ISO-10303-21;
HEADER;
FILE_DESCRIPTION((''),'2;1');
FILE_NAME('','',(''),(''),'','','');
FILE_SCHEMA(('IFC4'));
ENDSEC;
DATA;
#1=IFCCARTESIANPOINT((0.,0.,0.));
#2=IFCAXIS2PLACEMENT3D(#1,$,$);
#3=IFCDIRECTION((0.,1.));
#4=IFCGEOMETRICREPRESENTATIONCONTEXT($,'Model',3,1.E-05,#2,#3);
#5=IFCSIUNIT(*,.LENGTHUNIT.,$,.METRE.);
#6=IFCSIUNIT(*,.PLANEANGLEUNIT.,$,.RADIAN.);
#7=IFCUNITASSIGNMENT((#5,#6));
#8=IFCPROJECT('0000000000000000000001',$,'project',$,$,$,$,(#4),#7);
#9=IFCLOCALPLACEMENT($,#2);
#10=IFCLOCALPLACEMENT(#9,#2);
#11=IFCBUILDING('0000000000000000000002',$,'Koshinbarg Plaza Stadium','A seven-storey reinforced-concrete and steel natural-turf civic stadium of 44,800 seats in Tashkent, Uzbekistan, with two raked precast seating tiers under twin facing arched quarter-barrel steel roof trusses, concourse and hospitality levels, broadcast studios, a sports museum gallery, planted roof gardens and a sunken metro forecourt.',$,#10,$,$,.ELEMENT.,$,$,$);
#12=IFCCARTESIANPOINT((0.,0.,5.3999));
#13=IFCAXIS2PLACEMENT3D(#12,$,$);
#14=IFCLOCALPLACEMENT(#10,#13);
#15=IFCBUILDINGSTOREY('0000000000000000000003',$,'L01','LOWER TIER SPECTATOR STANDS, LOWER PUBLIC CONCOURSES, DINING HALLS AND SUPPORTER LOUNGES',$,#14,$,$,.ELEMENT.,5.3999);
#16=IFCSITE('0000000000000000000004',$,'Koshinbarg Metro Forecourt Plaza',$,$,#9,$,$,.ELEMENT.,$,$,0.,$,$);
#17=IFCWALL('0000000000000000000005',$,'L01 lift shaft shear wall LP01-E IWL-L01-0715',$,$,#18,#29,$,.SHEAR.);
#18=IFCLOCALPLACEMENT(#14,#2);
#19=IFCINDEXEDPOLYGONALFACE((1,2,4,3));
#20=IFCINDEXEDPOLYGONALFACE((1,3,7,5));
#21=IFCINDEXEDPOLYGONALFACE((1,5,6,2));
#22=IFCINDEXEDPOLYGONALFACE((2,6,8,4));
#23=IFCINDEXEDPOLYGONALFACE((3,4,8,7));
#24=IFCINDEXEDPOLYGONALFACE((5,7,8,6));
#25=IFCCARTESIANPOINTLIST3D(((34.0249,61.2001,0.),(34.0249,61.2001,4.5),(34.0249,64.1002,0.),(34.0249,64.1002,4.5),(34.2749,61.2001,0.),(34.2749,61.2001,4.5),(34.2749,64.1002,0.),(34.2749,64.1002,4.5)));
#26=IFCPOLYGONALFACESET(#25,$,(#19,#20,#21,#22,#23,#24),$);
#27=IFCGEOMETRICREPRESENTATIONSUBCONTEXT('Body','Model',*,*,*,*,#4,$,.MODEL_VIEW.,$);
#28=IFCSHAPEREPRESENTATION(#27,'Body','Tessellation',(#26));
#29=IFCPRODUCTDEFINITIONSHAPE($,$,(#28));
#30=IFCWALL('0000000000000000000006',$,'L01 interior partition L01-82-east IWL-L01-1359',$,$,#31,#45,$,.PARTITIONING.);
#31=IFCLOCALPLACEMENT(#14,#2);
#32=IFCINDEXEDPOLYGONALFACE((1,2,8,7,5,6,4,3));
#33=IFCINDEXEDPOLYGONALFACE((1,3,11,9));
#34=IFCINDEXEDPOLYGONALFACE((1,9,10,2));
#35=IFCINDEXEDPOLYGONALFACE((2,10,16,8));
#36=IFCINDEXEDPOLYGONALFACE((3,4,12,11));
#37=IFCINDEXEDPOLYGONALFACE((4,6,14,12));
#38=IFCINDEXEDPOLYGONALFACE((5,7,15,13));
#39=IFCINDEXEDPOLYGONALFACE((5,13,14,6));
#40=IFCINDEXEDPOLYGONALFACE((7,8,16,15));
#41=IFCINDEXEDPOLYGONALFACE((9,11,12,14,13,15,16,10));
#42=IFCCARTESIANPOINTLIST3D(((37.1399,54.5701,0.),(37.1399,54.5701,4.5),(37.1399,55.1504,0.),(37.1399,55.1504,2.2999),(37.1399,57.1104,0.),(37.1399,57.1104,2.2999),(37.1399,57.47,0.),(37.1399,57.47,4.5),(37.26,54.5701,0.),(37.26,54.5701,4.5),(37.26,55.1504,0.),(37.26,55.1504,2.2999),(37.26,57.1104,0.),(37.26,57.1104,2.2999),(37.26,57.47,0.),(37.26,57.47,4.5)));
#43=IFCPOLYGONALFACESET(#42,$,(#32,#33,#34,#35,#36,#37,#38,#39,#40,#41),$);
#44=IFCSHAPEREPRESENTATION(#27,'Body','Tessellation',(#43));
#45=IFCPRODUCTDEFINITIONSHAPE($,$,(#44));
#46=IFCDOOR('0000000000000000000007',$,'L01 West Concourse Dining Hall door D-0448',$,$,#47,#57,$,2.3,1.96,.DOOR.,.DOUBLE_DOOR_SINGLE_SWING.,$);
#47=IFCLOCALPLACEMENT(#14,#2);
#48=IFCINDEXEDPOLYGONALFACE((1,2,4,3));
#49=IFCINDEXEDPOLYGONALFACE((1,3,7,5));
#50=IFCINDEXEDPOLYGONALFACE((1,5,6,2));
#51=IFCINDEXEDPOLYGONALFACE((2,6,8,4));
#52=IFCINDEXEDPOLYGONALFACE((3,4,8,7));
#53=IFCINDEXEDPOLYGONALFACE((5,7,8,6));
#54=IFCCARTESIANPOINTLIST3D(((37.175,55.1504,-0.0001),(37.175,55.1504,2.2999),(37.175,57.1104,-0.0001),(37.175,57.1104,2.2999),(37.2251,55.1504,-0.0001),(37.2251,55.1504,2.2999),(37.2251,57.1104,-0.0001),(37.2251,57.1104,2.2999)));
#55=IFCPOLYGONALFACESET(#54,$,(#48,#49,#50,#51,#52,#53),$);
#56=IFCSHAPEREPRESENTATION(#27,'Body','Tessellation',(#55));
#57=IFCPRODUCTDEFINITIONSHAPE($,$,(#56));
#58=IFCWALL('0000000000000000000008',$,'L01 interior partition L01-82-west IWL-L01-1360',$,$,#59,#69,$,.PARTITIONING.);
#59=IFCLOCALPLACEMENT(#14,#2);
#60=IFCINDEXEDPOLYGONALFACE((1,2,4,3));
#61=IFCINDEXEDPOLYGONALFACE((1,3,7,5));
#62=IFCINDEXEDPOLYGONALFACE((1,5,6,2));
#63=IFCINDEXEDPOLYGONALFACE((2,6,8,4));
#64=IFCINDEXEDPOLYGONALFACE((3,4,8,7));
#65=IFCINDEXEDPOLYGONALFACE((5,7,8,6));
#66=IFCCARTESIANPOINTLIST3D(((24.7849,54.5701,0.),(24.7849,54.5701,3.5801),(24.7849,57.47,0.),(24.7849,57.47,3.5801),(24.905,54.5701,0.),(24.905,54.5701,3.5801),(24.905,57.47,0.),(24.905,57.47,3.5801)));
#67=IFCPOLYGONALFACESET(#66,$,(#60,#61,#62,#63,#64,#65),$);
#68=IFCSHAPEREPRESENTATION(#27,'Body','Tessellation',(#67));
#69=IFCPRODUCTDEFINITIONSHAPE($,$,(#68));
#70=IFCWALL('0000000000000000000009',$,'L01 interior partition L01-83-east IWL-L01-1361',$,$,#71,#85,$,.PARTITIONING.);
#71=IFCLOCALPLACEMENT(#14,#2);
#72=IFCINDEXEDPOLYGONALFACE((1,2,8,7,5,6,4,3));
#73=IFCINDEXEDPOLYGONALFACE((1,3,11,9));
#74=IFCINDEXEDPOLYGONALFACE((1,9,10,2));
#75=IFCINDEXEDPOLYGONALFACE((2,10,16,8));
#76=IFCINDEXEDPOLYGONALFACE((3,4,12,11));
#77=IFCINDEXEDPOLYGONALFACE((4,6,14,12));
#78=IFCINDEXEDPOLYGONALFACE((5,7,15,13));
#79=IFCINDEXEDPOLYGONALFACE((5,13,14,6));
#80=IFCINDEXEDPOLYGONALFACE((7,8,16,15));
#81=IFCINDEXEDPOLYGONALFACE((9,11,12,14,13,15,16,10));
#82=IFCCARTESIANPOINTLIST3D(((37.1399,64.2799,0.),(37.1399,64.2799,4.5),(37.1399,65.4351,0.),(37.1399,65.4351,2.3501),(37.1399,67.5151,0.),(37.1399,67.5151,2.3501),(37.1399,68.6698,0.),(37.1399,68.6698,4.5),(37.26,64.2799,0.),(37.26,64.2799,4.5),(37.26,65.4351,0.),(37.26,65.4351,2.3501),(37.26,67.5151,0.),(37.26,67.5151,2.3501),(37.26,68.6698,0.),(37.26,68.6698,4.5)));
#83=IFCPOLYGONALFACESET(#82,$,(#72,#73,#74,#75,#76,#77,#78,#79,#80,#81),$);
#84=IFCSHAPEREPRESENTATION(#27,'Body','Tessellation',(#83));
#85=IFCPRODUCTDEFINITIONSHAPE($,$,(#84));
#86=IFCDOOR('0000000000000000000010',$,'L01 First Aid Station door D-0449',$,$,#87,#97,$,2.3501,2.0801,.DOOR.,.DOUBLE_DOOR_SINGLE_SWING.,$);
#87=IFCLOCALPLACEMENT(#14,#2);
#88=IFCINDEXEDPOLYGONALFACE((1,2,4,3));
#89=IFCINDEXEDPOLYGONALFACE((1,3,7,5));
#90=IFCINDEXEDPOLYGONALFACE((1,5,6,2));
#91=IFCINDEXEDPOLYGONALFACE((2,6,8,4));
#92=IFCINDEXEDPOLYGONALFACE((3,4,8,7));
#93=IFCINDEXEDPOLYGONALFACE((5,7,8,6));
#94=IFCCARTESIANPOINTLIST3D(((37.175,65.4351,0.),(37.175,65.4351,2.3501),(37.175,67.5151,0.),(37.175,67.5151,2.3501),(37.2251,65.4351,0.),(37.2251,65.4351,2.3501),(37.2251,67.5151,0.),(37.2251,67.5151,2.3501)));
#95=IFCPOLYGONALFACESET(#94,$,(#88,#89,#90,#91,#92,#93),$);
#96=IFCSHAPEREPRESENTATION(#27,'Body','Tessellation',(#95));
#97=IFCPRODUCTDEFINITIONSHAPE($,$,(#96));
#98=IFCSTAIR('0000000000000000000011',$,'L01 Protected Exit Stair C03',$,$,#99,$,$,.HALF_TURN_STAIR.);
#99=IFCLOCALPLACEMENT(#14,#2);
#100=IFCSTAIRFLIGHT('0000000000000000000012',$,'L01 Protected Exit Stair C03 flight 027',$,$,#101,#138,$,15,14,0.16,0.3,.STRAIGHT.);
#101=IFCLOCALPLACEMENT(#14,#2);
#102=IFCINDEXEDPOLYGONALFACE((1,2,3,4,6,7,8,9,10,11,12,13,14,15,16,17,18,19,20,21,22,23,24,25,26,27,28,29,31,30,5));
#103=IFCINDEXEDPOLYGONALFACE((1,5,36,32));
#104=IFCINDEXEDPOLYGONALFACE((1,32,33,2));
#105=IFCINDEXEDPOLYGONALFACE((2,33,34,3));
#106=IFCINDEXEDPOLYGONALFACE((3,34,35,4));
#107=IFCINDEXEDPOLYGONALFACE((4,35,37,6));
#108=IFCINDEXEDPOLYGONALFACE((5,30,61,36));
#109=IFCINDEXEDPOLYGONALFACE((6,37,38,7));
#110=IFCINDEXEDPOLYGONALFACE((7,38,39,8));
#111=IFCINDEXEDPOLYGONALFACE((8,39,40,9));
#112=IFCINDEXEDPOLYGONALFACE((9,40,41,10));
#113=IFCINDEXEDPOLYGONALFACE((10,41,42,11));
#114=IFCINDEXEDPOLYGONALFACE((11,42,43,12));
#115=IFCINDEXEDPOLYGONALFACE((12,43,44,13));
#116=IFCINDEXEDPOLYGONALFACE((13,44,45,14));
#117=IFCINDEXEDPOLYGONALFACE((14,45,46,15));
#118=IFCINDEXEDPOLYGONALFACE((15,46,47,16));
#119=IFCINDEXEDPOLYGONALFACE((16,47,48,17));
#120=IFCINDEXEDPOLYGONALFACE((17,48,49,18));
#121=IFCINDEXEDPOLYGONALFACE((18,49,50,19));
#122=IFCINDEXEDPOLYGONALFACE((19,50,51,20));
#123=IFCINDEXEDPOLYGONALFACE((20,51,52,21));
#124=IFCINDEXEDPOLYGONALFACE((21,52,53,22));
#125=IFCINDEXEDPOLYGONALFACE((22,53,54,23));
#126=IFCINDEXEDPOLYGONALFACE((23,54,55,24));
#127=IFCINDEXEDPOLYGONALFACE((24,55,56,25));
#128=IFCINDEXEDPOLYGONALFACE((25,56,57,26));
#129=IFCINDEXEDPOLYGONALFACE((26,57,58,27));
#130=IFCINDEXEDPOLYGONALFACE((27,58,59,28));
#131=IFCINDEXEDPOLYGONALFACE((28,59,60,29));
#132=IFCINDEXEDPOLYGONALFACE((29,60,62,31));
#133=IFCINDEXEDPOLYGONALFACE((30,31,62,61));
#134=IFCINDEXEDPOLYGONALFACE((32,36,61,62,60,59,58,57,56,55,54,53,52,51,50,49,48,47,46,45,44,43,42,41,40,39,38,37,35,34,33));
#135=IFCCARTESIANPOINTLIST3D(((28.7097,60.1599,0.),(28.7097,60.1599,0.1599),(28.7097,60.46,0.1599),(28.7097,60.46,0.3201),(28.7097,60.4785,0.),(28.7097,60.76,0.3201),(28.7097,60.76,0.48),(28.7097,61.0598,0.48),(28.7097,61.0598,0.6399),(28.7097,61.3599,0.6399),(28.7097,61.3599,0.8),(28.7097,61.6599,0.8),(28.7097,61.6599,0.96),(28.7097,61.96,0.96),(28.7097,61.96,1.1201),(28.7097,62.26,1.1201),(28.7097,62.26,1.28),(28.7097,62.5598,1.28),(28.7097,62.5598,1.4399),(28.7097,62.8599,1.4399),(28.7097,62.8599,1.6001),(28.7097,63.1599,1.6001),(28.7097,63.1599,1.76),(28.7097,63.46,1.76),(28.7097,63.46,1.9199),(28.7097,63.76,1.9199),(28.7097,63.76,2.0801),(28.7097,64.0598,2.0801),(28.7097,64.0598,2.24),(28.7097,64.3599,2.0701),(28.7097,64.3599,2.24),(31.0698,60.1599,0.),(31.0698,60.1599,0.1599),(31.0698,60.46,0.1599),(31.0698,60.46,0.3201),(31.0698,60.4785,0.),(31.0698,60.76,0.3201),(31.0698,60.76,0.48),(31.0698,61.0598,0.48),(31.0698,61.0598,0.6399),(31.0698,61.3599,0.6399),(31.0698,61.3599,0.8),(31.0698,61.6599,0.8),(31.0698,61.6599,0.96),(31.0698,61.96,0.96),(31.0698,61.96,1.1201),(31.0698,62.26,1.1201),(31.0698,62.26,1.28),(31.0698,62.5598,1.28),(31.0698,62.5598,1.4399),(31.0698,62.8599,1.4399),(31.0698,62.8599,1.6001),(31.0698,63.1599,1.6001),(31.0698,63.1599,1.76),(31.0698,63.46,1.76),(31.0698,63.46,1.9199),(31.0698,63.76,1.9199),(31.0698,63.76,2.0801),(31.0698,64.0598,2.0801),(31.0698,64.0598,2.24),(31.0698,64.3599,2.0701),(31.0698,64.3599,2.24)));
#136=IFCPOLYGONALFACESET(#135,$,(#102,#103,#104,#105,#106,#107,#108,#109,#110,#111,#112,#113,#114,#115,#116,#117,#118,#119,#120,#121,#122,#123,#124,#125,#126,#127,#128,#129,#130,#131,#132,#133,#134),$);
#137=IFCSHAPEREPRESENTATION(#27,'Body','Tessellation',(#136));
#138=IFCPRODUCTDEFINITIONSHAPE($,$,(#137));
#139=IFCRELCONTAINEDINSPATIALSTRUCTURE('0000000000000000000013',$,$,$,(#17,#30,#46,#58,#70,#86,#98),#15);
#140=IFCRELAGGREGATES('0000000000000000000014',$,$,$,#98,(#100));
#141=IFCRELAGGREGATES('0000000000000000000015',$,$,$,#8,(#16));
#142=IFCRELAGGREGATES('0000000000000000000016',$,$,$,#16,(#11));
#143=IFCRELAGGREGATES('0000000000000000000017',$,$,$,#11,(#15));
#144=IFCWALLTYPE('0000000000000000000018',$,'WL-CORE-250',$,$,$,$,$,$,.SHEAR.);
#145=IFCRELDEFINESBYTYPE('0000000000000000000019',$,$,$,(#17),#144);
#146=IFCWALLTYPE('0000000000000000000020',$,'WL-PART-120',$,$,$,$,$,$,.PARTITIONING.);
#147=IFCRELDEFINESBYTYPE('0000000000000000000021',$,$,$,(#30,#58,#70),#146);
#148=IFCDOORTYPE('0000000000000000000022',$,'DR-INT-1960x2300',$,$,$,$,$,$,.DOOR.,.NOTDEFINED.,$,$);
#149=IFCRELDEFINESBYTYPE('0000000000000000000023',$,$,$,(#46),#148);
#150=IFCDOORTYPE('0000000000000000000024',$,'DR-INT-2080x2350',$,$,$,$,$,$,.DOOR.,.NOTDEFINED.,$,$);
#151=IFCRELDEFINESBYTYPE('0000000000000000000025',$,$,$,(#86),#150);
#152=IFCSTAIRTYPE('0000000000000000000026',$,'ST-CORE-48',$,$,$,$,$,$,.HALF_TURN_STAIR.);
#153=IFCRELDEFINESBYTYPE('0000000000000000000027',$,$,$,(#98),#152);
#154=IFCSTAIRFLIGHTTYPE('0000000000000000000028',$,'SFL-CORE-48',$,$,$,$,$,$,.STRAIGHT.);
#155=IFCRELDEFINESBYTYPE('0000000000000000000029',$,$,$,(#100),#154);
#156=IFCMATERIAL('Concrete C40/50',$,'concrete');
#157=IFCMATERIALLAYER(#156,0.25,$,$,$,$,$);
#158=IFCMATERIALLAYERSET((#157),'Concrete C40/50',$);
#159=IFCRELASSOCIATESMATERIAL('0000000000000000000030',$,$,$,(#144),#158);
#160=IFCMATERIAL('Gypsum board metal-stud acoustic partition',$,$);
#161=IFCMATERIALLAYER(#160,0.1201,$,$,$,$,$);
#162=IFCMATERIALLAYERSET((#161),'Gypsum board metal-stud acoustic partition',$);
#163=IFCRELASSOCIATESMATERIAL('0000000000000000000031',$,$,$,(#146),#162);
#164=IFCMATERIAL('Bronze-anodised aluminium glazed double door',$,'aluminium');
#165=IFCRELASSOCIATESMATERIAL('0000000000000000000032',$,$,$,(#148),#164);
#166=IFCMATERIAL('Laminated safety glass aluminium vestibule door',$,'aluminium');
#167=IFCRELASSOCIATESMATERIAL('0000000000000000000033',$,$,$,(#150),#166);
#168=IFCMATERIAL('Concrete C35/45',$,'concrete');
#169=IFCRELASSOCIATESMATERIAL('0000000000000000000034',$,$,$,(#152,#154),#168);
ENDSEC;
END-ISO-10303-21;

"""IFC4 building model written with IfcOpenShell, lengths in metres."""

from ifc_helpers import new_model, si_unit, direction, frame, frame_2d, origin, place, context, subcontext, project, spatial, polyline, rectangle, outline, extrude, material, layer, layer_set, type_object, element, fill, aggregate, save


model = new_model("IFC4")

# Units and contexts
model_context = context("Model", 3, precision=1e-05, world=origin(), true_north=direction((0.0, 1.0)))
body_context = subcontext(model_context, "Body", "Model", "MODEL_VIEW")
ifc_project = project(units=[si_unit("LENGTHUNIT", "METRE"), si_unit("PLANEANGLEUNIT", "RADIAN")], contexts=[model_context])

# Site, building, storey
site_placement = place(None, origin())
site = spatial("IfcSite", under=ifc_project, at=site_placement, Name="Koshinbarg Metro Forecourt Plaza", CompositionType="ELEMENT", RefElevation=0.0)
building_placement = place(site_placement, origin())
building = spatial("IfcBuilding", under=site, at=building_placement, Name="Koshinbarg Plaza Stadium", Description="A seven-storey reinforced-concrete and steel natural-turf civic stadium of 44,800 seats in Tashkent, Uzbekistan, with two raked precast seating tiers under twin facing arched quarter-barrel steel roof trusses, concourse and hospitality levels, broadcast studios, a sports museum gallery, planted roof gardens and a sunken metro forecourt.", CompositionType="ELEMENT")
storey_placement = place(building_placement, frame((0.0, 0.0, 5.3999)))
storey = spatial("IfcBuildingStorey", under=building, at=storey_placement, Name="L01", Description="LOWER TIER SPECTATOR STANDS, LOWER PUBLIC CONCOURSES, DINING HALLS AND SUPPORTER LOUNGES", CompositionType="ELEMENT", Elevation=5.3999)

# Shared definitions
ifc_material_1 = material(Name="Concrete C40/50", Category="concrete")

# Shared definitions
ifc_layer_1 = layer(ifc_material_1, 0.25)
ifc_layer_set_1 = layer_set([ifc_layer_1], Name="Concrete C40/50")
wall_type_1 = type_object("IfcWallType", Name="WL-CORE-250", PredefinedType="SHEAR", material=ifc_layer_set_1)

# Wall
for number, where, z_axis, x_axis, name in (
    (1, (34.1499, 61.2, 0.0), (0.0, 0.0, 1.0), (0.0, 1.0, 0.0), "L01 lift shaft shear wall LP01-E IWL-L01-0715"),
):
    element("IfcWall", number, at=place(storey_placement, frame(where, z_axis=z_axis, x_axis=x_axis)), inside=storey, type_object=wall_type_1, Name=name, PredefinedType="SHEAR", context=body_context, shape_type="SweptSolid", body=[
        extrude(rectangle(XDim=2.9001, YDim=0.25, at=frame_2d((1.4502, 0.0))), origin(), (0.0, 0.0, 1.0), 4.5),
    ])

# Wall, opening, door
ifc_material_2 = material(Name="Gypsum board metal-stud acoustic partition")
ifc_layer_2 = layer(ifc_material_2, 0.1201)
ifc_layer_set_2 = layer_set([ifc_layer_2], Name="Gypsum board metal-stud acoustic partition")
wall_type_2 = type_object("IfcWallType", Name="WL-PART-120", PredefinedType="PARTITIONING", material=ifc_layer_set_2)
wall_1_placement = place(storey_placement, frame((37.2, 54.5701, 0.0), z_axis=(0.0, 0.0, 1.0), x_axis=(0.0, 1.0, 0.0)))
wall_1 = element("IfcWall", 2, at=wall_1_placement, inside=storey, type_object=wall_type_2, Name="L01 interior partition L01-82-east IWL-L01-1359", PredefinedType="PARTITIONING", context=body_context, shape_type="SweptSolid", body=[
    extrude(rectangle(XDim=2.8999, YDim=0.1201, at=frame_2d((1.45, 0.0))), origin(), (0.0, 0.0, 1.0), 4.5),
])
opening_1_placement = place(wall_1_placement, frame((0.5803, 0.0, 0.0)))
opening_1 = element("IfcOpeningElement", 3, at=opening_1_placement, cuts=wall_1, PredefinedType="OPENING", context=body_context, shape_type="SweptSolid", body=[
    extrude(rectangle(XDim=1.96, YDim=2.3, at=frame_2d((0.98, 1.1499))), frame((0.0, 0.0701, 0.0), z_axis=(0.0, -1.0, 0.0), x_axis=(1.0, 0.0, 0.0)), (0.0, 0.0, 1.0), 0.1401),
])
ifc_material_3 = material(Name="Bronze-anodised aluminium glazed double door", Category="aluminium")
door_type_1 = type_object("IfcDoorType", Name="DR-INT-1960x2300", OperationType="NOTDEFINED", PredefinedType="DOOR", material=ifc_material_3)
door_1_placement = place(opening_1_placement, origin())
door_1 = element("IfcDoor", 4, at=door_1_placement, inside=storey, type_object=door_type_1, Name="L01 West Concourse Dining Hall door D-0448", OperationType="DOUBLE_DOOR_SINGLE_SWING", OverallHeight=2.3, OverallWidth=1.96, PredefinedType="DOOR", context=body_context, shape_type="SweptSolid", body=[
    extrude(rectangle(XDim=1.96, YDim=2.3, at=frame_2d((0.98, 1.1499))), frame((0.0, 0.0249, 0.0), z_axis=(0.0, -1.0, 0.0), x_axis=(1.0, 0.0, 0.0)), (0.0, 0.0, 1.0), 0.05),
])
fill(opening_1, door_1)

# Wall
wall_2_placement = place(storey_placement, frame((24.845, 57.47, 0.0), z_axis=(0.0, 0.0, 1.0), x_axis=(0.0, -1.0, 0.0)))
element("IfcWall", 5, at=wall_2_placement, inside=storey, type_object=wall_type_2, Name="L01 interior partition L01-82-west IWL-L01-1360", PredefinedType="PARTITIONING", context=body_context, shape_type="SweptSolid", body=[
    extrude(rectangle(XDim=2.8999, YDim=0.1201, at=frame_2d((1.45, 0.0))), origin(), (0.0, 0.0, 1.0), 3.5801),
])

# Wall, opening, door
wall_3_placement = place(storey_placement, frame((37.2, 64.28, 0.0), z_axis=(0.0, 0.0, 1.0), x_axis=(0.0, 1.0, 0.0)))
wall_3 = element("IfcWall", 6, at=wall_3_placement, inside=storey, type_object=wall_type_2, Name="L01 interior partition L01-83-east IWL-L01-1361", PredefinedType="PARTITIONING", context=body_context, shape_type="SweptSolid", body=[
    extrude(rectangle(XDim=4.3899, YDim=0.1201, at=frame_2d((2.1948, 0.0))), origin(), (0.0, 0.0, 1.0), 4.5),
])
opening_2_placement = place(wall_3_placement, frame((1.155, 0.0, 0.0)))
opening_2 = element("IfcOpeningElement", 7, at=opening_2_placement, cuts=wall_3, PredefinedType="OPENING", context=body_context, shape_type="SweptSolid", body=[
    extrude(rectangle(XDim=2.0801, YDim=2.3501, at=frame_2d((1.04, 1.175))), frame((0.0, 0.0701, 0.0), z_axis=(0.0, -1.0, 0.0), x_axis=(1.0, 0.0, 0.0)), (0.0, 0.0, 1.0), 0.1401),
])
ifc_material_4 = material(Name="Laminated safety glass aluminium vestibule door", Category="aluminium")
door_type_2 = type_object("IfcDoorType", Name="DR-INT-2080x2350", OperationType="NOTDEFINED", PredefinedType="DOOR", material=ifc_material_4)
door_2_placement = place(opening_2_placement, origin())
door_2 = element("IfcDoor", 8, at=door_2_placement, inside=storey, type_object=door_type_2, Name="L01 First Aid Station door D-0449", OperationType="DOUBLE_DOOR_SINGLE_SWING", OverallHeight=2.3501, OverallWidth=2.0801, PredefinedType="DOOR", context=body_context, shape_type="SweptSolid", body=[
    extrude(rectangle(XDim=2.0801, YDim=2.3501, at=frame_2d((1.04, 1.175))), frame((0.0, 0.0249, 0.0), z_axis=(0.0, -1.0, 0.0), x_axis=(1.0, 0.0, 0.0)), (0.0, 0.0, 1.0), 0.05),
])
fill(opening_2, door_2)

# Stair, stair flight
ifc_material_5 = material(Name="Concrete C35/45", Category="concrete")
stair_type_1 = type_object("IfcStairType", Name="ST-CORE-48", PredefinedType="HALF_TURN_STAIR", material=ifc_material_5)
stair_1_placement = place(storey_placement, origin())
stair_1 = element("IfcStair", 9, at=stair_1_placement, inside=storey, type_object=stair_type_1, Name="L01 Protected Exit Stair C03", PredefinedType="HALF_TURN_STAIR")
stair_flight_type = type_object("IfcStairFlightType", Name="SFL-CORE-48", PredefinedType="STRAIGHT", material=ifc_material_5)
stair_flight_1_placement = place(storey_placement, frame((29.8899, 60.1599, 0.0), z_axis=(0.0, 0.0, 1.0), x_axis=(0.0, 1.0, 0.0)))
stair_flight_1 = element("IfcStairFlight", 10, at=stair_flight_1_placement, type_object=stair_flight_type, Name="L01 Protected Exit Stair C03 flight 027", NumberOfRisers=15, NumberOfTreads=14, PredefinedType="STRAIGHT", RiserHeight=0.16, TreadLength=0.3, context=body_context, shape_type="SweptSolid", body=[
    extrude(outline(polyline([(0.0, 0.0), (0.0, 0.1599), (0.3, 0.1599), (0.3, 0.3201), (0.6001, 0.3201), (0.6001, 0.48), (0.8999, 0.48), (0.8999, 0.6399), (1.2, 0.6399), (1.2, 0.8), (1.5, 0.8), (1.5, 0.96), (1.8, 0.96), (1.8, 1.1201), (2.1001, 1.1201), (2.1001, 1.28), (2.3999, 1.28), (2.3999, 1.4399), (2.7, 1.4399), (2.7, 1.6001), (3.0, 1.6001), (3.0, 1.76), (3.3, 1.76), (3.3, 1.9199), (3.6001, 1.9199), (3.6001, 2.0801), (3.8999, 2.0801), (3.8999, 2.24), (4.2, 2.24), (4.2, 2.3999), (4.2, 2.0701), (0.3186, 0.0), (0.0, 0.0)])), frame((0.0, 1.1802, 0.0), z_axis=(0.0, -1.0, 0.0), x_axis=(1.0, 0.0, 0.0)), (0.0, 0.0, 1.0), 2.3601),
])
aggregate(stair_1, [stair_flight_1])

save(model, "model.ifc")
